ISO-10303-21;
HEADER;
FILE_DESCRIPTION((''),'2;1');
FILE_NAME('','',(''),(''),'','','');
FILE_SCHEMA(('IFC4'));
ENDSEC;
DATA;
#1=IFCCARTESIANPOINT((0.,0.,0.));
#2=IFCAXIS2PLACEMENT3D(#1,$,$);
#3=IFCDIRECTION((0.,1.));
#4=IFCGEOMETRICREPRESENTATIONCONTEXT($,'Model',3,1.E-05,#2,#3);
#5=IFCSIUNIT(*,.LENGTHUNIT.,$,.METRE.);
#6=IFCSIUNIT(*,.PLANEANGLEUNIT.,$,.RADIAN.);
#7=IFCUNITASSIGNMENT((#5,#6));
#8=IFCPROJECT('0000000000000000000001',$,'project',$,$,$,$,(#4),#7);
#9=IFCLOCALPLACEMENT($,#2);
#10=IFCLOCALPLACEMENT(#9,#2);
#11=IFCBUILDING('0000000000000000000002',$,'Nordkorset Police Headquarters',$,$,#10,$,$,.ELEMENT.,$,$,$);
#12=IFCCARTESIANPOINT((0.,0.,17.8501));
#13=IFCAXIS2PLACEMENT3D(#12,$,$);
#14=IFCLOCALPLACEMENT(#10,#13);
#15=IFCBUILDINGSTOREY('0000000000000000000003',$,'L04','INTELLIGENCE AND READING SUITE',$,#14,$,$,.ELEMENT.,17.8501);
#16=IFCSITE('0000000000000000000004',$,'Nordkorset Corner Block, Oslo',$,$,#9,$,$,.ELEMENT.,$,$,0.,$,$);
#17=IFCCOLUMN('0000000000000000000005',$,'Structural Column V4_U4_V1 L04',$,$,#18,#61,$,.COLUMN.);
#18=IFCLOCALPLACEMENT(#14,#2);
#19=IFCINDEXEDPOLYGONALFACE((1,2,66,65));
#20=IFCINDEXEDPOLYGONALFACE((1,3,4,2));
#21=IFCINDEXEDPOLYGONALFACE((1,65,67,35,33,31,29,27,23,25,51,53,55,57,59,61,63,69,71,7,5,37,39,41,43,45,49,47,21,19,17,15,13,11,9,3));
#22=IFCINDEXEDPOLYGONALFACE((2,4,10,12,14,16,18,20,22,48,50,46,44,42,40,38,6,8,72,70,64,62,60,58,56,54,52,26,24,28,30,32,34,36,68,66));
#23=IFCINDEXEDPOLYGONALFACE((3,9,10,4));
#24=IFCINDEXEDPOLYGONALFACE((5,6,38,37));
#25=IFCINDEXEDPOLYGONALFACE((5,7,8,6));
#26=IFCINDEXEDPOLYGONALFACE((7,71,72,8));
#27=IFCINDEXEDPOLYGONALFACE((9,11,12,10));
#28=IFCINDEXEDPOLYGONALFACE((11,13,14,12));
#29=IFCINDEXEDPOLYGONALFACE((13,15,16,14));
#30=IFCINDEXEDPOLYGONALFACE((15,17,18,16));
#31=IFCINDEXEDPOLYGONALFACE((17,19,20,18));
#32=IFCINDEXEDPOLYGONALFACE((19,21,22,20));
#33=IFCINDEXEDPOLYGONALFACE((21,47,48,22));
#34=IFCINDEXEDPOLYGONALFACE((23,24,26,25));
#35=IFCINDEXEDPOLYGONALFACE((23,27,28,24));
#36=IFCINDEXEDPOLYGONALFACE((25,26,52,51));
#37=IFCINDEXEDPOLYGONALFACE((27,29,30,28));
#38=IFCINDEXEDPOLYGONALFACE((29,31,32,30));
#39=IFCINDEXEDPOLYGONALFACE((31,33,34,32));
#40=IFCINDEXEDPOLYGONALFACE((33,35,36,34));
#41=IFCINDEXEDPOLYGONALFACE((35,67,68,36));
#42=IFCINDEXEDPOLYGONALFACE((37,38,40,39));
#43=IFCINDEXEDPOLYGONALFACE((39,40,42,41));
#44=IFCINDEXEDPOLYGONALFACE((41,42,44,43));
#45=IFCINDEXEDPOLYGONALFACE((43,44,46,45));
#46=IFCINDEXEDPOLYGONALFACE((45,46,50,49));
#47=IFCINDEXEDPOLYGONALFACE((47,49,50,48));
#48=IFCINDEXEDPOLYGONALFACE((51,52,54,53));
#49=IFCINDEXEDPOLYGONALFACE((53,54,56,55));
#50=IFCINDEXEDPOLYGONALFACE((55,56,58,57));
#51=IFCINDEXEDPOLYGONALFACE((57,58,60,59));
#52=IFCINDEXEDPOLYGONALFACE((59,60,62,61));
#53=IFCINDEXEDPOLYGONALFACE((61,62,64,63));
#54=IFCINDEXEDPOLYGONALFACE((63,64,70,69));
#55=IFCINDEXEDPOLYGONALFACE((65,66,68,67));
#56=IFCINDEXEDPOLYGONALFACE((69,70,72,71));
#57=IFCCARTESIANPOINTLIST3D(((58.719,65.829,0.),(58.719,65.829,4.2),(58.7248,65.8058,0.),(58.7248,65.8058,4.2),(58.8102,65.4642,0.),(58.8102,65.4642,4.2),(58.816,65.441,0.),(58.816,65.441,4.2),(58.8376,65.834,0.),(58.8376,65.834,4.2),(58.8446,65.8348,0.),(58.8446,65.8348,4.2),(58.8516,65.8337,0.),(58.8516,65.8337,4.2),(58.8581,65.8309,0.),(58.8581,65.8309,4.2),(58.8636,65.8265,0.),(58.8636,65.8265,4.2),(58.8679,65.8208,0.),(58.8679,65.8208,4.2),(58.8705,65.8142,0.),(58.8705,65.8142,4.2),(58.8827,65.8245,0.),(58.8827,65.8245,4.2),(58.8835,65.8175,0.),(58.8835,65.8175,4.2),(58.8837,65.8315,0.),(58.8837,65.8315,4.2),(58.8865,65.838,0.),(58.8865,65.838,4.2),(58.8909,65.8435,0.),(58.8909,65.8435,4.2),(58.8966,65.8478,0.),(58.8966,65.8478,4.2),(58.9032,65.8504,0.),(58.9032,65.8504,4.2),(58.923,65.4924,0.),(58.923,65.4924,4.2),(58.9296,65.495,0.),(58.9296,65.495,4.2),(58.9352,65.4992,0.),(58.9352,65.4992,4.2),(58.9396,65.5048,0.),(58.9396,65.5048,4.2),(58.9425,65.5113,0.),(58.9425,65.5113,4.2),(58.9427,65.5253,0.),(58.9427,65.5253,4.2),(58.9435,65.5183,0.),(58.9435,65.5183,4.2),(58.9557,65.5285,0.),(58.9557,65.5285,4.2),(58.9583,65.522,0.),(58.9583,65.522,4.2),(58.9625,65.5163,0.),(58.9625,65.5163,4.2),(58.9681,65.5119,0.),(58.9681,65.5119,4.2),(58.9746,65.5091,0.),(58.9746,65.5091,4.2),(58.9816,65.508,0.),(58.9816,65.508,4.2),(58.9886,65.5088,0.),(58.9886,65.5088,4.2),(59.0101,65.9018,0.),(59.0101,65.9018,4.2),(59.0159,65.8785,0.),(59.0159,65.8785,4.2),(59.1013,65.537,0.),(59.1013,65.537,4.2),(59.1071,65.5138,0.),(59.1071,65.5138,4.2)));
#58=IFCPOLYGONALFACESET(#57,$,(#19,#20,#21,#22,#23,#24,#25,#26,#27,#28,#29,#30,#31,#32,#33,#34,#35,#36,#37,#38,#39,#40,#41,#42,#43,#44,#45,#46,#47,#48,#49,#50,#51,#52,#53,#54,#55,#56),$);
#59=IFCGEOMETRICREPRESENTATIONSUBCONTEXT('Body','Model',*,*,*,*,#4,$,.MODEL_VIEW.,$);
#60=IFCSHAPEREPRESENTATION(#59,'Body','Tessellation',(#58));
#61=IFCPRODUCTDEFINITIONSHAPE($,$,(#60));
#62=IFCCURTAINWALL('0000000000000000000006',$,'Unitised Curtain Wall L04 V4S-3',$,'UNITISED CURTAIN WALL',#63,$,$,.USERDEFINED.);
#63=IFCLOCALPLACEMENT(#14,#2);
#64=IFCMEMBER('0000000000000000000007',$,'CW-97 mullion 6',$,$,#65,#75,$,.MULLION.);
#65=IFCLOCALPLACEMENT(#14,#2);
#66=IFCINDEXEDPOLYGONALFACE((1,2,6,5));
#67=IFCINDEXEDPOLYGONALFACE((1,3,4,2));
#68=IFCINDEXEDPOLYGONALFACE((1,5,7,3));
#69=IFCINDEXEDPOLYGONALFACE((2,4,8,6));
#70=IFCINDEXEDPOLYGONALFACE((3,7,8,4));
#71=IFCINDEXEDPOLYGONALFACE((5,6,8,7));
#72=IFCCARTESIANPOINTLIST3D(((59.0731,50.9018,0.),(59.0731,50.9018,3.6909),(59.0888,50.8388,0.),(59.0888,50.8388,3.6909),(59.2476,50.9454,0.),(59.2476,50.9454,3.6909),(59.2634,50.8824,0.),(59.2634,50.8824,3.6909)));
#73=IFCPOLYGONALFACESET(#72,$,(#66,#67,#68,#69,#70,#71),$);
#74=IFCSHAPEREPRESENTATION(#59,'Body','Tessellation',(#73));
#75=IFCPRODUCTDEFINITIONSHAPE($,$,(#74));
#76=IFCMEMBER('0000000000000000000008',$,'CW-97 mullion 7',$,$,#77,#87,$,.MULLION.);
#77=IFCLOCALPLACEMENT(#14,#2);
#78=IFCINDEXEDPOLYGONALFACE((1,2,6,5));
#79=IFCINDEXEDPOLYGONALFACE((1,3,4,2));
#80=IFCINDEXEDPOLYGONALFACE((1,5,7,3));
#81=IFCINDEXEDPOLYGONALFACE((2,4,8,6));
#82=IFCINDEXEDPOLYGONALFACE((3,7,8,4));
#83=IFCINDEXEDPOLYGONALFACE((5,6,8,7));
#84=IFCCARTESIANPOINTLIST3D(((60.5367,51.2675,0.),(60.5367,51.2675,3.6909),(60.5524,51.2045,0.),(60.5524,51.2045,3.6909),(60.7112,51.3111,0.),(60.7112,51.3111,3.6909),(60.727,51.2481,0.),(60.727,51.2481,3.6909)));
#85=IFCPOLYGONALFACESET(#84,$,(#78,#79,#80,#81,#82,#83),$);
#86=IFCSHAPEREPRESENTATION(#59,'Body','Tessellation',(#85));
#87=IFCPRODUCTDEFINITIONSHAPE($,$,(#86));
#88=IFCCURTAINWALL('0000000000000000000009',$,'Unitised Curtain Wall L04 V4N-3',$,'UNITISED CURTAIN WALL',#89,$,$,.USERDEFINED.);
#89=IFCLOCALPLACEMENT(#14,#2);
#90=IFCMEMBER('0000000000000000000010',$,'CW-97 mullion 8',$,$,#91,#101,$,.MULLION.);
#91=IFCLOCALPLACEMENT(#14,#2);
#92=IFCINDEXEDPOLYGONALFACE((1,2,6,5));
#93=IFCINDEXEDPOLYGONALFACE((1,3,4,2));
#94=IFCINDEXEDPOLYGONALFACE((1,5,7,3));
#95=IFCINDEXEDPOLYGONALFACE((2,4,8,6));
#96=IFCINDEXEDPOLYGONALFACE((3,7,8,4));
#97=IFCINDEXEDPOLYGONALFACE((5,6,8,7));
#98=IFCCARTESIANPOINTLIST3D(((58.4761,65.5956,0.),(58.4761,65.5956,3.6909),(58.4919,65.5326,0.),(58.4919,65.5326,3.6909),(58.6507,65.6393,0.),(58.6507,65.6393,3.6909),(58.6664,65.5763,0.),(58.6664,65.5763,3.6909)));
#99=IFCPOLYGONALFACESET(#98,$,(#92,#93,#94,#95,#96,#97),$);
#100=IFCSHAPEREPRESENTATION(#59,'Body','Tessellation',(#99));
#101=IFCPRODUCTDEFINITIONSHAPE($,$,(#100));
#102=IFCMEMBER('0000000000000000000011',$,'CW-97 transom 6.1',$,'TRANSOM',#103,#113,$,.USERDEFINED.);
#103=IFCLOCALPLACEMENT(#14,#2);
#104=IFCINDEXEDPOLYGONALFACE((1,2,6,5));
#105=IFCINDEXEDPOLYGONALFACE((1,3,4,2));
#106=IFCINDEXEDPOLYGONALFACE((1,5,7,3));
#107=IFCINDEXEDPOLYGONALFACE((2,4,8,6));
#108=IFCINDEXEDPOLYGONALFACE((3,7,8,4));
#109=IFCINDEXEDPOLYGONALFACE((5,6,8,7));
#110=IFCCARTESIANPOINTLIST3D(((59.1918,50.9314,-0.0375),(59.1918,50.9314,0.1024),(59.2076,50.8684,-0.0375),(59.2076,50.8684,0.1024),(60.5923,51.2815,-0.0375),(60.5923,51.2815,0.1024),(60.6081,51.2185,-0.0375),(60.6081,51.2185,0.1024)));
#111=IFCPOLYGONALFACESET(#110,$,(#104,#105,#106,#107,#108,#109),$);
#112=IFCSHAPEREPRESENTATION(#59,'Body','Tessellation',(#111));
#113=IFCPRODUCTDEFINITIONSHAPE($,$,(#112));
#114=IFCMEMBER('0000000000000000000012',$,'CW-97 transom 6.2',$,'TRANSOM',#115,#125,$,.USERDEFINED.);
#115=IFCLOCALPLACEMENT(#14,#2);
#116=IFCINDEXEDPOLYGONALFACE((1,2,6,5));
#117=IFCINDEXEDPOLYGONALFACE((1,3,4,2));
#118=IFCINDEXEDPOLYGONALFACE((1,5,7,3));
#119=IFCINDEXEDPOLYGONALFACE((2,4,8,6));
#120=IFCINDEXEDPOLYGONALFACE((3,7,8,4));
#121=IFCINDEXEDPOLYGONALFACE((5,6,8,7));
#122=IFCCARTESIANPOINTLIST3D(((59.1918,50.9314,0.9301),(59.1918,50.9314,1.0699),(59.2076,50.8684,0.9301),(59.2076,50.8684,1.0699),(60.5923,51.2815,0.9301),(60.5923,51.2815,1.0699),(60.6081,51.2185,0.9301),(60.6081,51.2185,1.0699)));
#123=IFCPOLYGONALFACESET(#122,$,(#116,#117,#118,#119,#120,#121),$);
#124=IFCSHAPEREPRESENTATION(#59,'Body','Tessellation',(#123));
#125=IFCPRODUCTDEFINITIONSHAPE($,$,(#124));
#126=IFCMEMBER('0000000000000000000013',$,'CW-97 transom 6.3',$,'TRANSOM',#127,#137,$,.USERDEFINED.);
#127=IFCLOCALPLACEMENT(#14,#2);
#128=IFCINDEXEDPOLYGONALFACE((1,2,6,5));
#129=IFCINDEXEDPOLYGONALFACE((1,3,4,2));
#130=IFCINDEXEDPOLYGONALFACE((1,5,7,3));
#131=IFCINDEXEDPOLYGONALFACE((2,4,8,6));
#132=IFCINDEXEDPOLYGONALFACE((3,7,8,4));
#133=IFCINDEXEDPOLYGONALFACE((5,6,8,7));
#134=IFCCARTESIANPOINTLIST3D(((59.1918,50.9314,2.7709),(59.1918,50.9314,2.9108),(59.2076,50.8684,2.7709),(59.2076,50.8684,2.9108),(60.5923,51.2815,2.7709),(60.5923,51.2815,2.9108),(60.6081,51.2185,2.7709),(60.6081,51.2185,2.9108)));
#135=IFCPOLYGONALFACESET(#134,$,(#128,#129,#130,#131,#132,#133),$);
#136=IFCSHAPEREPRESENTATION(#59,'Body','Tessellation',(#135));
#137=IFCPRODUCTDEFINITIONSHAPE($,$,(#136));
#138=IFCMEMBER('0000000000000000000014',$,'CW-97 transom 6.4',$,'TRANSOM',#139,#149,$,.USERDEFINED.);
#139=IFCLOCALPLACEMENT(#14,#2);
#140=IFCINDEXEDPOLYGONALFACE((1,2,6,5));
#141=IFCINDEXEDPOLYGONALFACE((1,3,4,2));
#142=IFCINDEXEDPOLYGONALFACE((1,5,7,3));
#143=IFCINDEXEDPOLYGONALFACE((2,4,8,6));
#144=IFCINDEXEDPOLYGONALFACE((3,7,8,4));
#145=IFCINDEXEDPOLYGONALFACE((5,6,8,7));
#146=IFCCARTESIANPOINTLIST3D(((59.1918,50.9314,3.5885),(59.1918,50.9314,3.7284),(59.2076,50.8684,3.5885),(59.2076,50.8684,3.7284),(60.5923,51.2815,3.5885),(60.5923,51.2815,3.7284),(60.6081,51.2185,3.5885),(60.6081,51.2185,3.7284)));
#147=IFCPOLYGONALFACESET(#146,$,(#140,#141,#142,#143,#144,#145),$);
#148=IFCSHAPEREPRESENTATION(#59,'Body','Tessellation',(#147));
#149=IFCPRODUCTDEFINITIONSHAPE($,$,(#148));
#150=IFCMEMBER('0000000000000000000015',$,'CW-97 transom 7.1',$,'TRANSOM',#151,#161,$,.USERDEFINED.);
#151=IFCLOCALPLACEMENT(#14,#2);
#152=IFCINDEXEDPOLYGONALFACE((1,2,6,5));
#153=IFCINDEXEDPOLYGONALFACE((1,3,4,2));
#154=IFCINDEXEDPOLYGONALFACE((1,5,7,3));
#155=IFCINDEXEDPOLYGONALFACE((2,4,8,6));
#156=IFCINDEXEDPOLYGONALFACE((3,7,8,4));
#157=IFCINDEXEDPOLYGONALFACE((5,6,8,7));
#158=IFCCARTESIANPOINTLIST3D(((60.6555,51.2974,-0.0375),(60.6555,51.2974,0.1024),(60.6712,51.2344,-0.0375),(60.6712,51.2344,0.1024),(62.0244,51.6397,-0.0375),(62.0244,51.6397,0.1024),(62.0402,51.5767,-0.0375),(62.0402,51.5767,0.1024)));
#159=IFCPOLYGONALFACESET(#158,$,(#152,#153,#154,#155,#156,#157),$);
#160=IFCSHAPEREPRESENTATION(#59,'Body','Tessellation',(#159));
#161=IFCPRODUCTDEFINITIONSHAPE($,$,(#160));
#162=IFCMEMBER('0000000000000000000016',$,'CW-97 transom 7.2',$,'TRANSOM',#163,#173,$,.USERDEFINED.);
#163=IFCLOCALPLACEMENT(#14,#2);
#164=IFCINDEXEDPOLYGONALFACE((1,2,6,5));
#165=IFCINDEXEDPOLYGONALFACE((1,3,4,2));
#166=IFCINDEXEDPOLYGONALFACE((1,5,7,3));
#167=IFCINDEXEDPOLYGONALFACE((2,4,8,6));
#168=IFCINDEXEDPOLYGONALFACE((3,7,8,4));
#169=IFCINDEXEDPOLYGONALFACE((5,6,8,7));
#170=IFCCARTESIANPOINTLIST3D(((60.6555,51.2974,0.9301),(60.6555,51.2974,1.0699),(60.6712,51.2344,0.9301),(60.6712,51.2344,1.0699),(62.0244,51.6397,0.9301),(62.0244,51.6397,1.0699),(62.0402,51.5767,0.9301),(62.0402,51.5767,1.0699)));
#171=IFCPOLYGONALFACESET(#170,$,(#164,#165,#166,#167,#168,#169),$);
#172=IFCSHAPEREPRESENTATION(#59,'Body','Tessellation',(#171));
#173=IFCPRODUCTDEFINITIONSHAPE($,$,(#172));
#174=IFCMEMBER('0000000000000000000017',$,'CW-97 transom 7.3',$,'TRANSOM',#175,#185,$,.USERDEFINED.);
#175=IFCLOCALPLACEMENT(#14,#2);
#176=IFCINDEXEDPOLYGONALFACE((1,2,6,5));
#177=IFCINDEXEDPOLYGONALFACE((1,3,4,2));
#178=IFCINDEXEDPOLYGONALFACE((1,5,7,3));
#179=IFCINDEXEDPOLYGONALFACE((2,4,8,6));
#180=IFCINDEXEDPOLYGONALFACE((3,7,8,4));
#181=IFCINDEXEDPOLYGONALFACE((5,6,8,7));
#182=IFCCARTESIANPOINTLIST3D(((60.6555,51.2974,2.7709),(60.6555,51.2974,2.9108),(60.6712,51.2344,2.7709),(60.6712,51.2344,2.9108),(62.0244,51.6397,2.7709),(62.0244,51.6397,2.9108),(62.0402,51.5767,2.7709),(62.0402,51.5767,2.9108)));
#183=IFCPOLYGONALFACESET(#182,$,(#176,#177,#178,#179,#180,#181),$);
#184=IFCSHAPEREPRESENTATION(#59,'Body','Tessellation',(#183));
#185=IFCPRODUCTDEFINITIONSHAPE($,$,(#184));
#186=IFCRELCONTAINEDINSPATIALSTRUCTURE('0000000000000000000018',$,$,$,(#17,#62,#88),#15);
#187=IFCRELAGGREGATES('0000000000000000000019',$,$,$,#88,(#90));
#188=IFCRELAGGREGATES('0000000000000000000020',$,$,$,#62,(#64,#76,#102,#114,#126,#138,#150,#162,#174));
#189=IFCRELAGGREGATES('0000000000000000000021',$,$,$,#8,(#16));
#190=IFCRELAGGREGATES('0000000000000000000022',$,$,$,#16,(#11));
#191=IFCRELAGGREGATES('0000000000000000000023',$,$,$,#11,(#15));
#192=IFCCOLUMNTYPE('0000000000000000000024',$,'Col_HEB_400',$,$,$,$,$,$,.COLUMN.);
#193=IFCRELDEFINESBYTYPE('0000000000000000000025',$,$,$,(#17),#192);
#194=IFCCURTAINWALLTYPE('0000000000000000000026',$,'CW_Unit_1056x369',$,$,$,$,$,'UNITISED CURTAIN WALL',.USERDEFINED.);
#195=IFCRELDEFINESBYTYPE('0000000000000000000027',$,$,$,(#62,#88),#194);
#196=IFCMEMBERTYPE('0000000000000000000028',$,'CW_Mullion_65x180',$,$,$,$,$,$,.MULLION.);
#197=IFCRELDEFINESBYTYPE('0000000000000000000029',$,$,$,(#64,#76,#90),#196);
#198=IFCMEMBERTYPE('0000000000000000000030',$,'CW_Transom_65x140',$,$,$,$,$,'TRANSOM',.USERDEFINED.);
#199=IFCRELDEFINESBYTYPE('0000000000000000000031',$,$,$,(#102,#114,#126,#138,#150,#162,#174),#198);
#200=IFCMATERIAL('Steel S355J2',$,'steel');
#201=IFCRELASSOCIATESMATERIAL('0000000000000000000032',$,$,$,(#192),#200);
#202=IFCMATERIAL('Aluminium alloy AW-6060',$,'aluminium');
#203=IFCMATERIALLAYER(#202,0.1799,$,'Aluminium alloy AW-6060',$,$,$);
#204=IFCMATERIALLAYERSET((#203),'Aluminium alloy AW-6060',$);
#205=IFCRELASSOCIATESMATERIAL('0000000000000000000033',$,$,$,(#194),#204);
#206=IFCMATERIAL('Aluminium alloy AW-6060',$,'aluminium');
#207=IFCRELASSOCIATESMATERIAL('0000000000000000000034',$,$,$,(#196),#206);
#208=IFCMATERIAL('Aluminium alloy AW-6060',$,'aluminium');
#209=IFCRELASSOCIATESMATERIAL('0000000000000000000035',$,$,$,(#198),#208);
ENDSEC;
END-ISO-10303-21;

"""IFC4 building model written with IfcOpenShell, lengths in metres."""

from ifc_helpers import new_model, si_unit, direction, frame, origin, origin_2d, place, context, subcontext, project, spatial, rectangle, i_section, extrude, material, layer, layer_set, material_profile, profile_set, type_object, element, aggregate, save


model = new_model("IFC4")

# Units and contexts
model_context = context("Model", 3, precision=1e-05, world=origin(), true_north=direction((0.0, 1.0)))
body_context = subcontext(model_context, "Body", "Model", "MODEL_VIEW")
ifc_project = project(units=[si_unit("LENGTHUNIT", "METRE"), si_unit("PLANEANGLEUNIT", "RADIAN")], contexts=[model_context])

# Site, building, storey
site_placement = place(None, origin())
site = spatial("IfcSite", under=ifc_project, at=site_placement, Name="Nordkorset Corner Block, Oslo", CompositionType="ELEMENT", RefElevation=0.0)
building_placement = place(site_placement, origin())
building = spatial("IfcBuilding", under=site, at=building_placement, Name="Nordkorset Police Headquarters", CompositionType="ELEMENT")
storey_placement = place(building_placement, frame((0.0, 0.0, 17.8501)))
storey = spatial("IfcBuildingStorey", under=building, at=storey_placement, Name="L04", Description="INTELLIGENCE AND READING SUITE", CompositionType="ELEMENT", Elevation=17.8501)

# Column
ifc_material_1 = material(Name="Steel S355J2", Category="steel")
ifc_material_profile_1 = material_profile(ifc_material_1, i_section(OverallWidth=0.3, OverallDepth=0.3999, WebThickness=0.0134, FlangeThickness=0.0239, FilletRadius=0.0271, at=origin_2d()), Name="HEB 400")
ifc_profile_set_1 = profile_set([ifc_material_profile_1], Name="Steel S355J2")
column_type = type_object("IfcColumnType", Name="Col_HEB_400", PredefinedType="COLUMN", material=ifc_profile_set_1)
column_placement = place(storey_placement, frame((58.9131, 65.6714, 0.0), z_axis=(0.0, 0.0, 1.0), x_axis=(0.970143, 0.242536, 0.0)))
element("IfcColumn", 1, at=column_placement, inside=storey, type_object=column_type, Name="Structural Column V4_U4_V1 L04", PredefinedType="COLUMN", context=body_context, shape_type="SweptSolid", body=[
    extrude(i_section(OverallWidth=0.3, OverallDepth=0.3999, WebThickness=0.0134, FlangeThickness=0.0239, FilletRadius=0.0271, at=origin_2d()), origin(), (0.0, 0.0, 1.0), 4.2),
])

# Curtain wall, members
ifc_material_2 = material(Name="Aluminium alloy AW-6060", Category="aluminium")
ifc_layer_1 = layer(ifc_material_2, 0.1799, Name="Aluminium alloy AW-6060")
ifc_layer_set_1 = layer_set([ifc_layer_1], Name="Aluminium alloy AW-6060")
curtain_wall_type = type_object("IfcCurtainWallType", Name="CW_Unit_1056x369", ElementType="UNITISED CURTAIN WALL", PredefinedType="USERDEFINED", material=ifc_layer_set_1)
curtain_wall_1_placement = place(storey_placement, origin())
curtain_wall_1 = element("IfcCurtainWall", 2, at=curtain_wall_1_placement, inside=storey, type_object=curtain_wall_type, Name="Unitised Curtain Wall L04 V4S-3", ObjectType="UNITISED CURTAIN WALL", PredefinedType="USERDEFINED")
ifc_material_3 = material(Name="Aluminium alloy AW-6060", Category="aluminium")
ifc_material_profile_2 = material_profile(ifc_material_3, rectangle(XDim=0.0649, YDim=0.1799, at=origin_2d()), Name="ALU MULL 65x180")
ifc_profile_set_2 = profile_set([ifc_material_profile_2], Name="Aluminium alloy AW-6060")
member_type_1 = type_object("IfcMemberType", Name="CW_Mullion_65x180", PredefinedType="MULLION", material=ifc_profile_set_2)
member_1_placement = place(storey_placement, frame((59.1682, 50.8921, 0.0), z_axis=(0.0, 0.0, 1.0), x_axis=(-0.242535, 0.970143, 0.0)))
member_1 = element("IfcMember", 3, at=member_1_placement, type_object=member_type_1, Name="CW-97 mullion 6", PredefinedType="MULLION", context=body_context, shape_type="SweptSolid", body=[
    extrude(rectangle(XDim=0.0649, YDim=0.1799, at=origin_2d()), origin(), (0.0, 0.0, 1.0), 3.6909),
])
member_2_placement = place(storey_placement, frame((60.6318, 51.2578, 0.0), z_axis=(0.0, 0.0, 1.0), x_axis=(-0.242535, 0.970143, 0.0)))
member_2 = element("IfcMember", 4, at=member_2_placement, type_object=member_type_1, Name="CW-97 mullion 7", PredefinedType="MULLION", context=body_context, shape_type="SweptSolid", body=[
    extrude(rectangle(XDim=0.0649, YDim=0.1799, at=origin_2d()), origin(), (0.0, 0.0, 1.0), 3.6909),
])

# Curtain wall, member
curtain_wall_2_placement = place(storey_placement, origin())
curtain_wall_2 = element("IfcCurtainWall", 5, at=curtain_wall_2_placement, inside=storey, type_object=curtain_wall_type, Name="Unitised Curtain Wall L04 V4N-3", ObjectType="UNITISED CURTAIN WALL", PredefinedType="USERDEFINED")
member_3_placement = place(storey_placement, frame((58.5713, 65.5859, 0.0), z_axis=(0.0, 0.0, 1.0), x_axis=(-0.242536, 0.970142, 0.0)))
member_3 = element("IfcMember", 6, at=member_3_placement, type_object=member_type_1, Name="CW-97 mullion 8", PredefinedType="MULLION", context=body_context, shape_type="SweptSolid", body=[
    extrude(rectangle(XDim=0.0649, YDim=0.1799, at=origin_2d()), origin(), (0.0, 0.0, 1.0), 3.6909),
])
aggregate(curtain_wall_2, [member_3])

# Members
ifc_material_4 = material(Name="Aluminium alloy AW-6060", Category="aluminium")
ifc_material_profile_3 = material_profile(ifc_material_4, rectangle(XDim=0.0649, YDim=0.1399, at=origin_2d()), Name="ALU TRAN 65x140")
ifc_profile_set_3 = profile_set([ifc_material_profile_3], Name="Aluminium alloy AW-6060")
member_type_2 = type_object("IfcMemberType", Name="CW_Transom_65x140", ElementType="TRANSOM", PredefinedType="USERDEFINED", material=ifc_profile_set_3)
member_4_placement = place(storey_placement, frame((59.1997, 50.8999, 0.0325), z_axis=(0.970143, 0.242536, 0.0), x_axis=(-0.242536, 0.970143, 0.0)))
member_4 = element("IfcMember", 7, at=member_4_placement, type_object=member_type_2, Name="CW-97 transom 6.1", ObjectType="TRANSOM", PredefinedType="USERDEFINED", context=body_context, shape_type="SweptSolid", body=[
    extrude(rectangle(XDim=0.0649, YDim=0.1399, at=origin_2d()), origin(), (0.0, 0.0, 1.0), 1.4436),
])
member_5_placement = place(storey_placement, frame((59.1997, 50.8999, 1.0), z_axis=(0.970143, 0.242536, 0.0), x_axis=(-0.242536, 0.970143, 0.0)))
member_5 = element("IfcMember", 8, at=member_5_placement, type_object=member_type_2, Name="CW-97 transom 6.2", ObjectType="TRANSOM", PredefinedType="USERDEFINED", context=body_context, shape_type="SweptSolid", body=[
    extrude(rectangle(XDim=0.0649, YDim=0.1399, at=origin_2d()), origin(), (0.0, 0.0, 1.0), 1.4436),
])
member_6_placement = place(storey_placement, frame((59.1997, 50.8999, 2.8408), z_axis=(0.970143, 0.242536, 0.0), x_axis=(-0.242536, 0.970143, 0.0)))
member_6 = element("IfcMember", 9, at=member_6_placement, type_object=member_type_2, Name="CW-97 transom 6.3", ObjectType="TRANSOM", PredefinedType="USERDEFINED", context=body_context, shape_type="SweptSolid", body=[
    extrude(rectangle(XDim=0.0649, YDim=0.1399, at=origin_2d()), origin(), (0.0, 0.0, 1.0), 1.4436),
])
member_7_placement = place(storey_placement, frame((59.1997, 50.8999, 3.6584), z_axis=(0.970143, 0.242536, 0.0), x_axis=(-0.242536, 0.970143, 0.0)))
member_7 = element("IfcMember", 10, at=member_7_placement, type_object=member_type_2, Name="CW-97 transom 6.4", ObjectType="TRANSOM", PredefinedType="USERDEFINED", context=body_context, shape_type="SweptSolid", body=[
    extrude(rectangle(XDim=0.0649, YDim=0.1399, at=origin_2d()), origin(), (0.0, 0.0, 1.0), 1.4436),
])
member_8_placement = place(storey_placement, frame((60.6633, 51.2659, 0.0325), z_axis=(0.970132, 0.242576, 0.0), x_axis=(-0.242576, 0.970132, 0.0)))
member_8 = element("IfcMember", 11, at=member_8_placement, type_object=member_type_2, Name="CW-97 transom 7.1", ObjectType="TRANSOM", PredefinedType="USERDEFINED", context=body_context, shape_type="SweptSolid", body=[
    extrude(rectangle(XDim=0.0649, YDim=0.1399, at=origin_2d()), origin(), (0.0, 0.0, 1.0), 1.4111),
])
member_9_placement = place(storey_placement, frame((60.6633, 51.2659, 1.0), z_axis=(0.970132, 0.242576, 0.0), x_axis=(-0.242576, 0.970132, 0.0)))
member_9 = element("IfcMember", 12, at=member_9_placement, type_object=member_type_2, Name="CW-97 transom 7.2", ObjectType="TRANSOM", PredefinedType="USERDEFINED", context=body_context, shape_type="SweptSolid", body=[
    extrude(rectangle(XDim=0.0649, YDim=0.1399, at=origin_2d()), origin(), (0.0, 0.0, 1.0), 1.4111),
])
member_10_placement = place(storey_placement, frame((60.6633, 51.2659, 2.8408), z_axis=(0.970132, 0.242576, 0.0), x_axis=(-0.242576, 0.970132, 0.0)))
member_10 = element("IfcMember", 13, at=member_10_placement, type_object=member_type_2, Name="CW-97 transom 7.3", ObjectType="TRANSOM", PredefinedType="USERDEFINED", context=body_context, shape_type="SweptSolid", body=[
    extrude(rectangle(XDim=0.0649, YDim=0.1399, at=origin_2d()), origin(), (0.0, 0.0, 1.0), 1.4111),
])

aggregate(curtain_wall_1, [member_1, member_2, member_4, member_5, member_6, member_7, member_8, member_9, member_10])

save(model, "model.ifc")
